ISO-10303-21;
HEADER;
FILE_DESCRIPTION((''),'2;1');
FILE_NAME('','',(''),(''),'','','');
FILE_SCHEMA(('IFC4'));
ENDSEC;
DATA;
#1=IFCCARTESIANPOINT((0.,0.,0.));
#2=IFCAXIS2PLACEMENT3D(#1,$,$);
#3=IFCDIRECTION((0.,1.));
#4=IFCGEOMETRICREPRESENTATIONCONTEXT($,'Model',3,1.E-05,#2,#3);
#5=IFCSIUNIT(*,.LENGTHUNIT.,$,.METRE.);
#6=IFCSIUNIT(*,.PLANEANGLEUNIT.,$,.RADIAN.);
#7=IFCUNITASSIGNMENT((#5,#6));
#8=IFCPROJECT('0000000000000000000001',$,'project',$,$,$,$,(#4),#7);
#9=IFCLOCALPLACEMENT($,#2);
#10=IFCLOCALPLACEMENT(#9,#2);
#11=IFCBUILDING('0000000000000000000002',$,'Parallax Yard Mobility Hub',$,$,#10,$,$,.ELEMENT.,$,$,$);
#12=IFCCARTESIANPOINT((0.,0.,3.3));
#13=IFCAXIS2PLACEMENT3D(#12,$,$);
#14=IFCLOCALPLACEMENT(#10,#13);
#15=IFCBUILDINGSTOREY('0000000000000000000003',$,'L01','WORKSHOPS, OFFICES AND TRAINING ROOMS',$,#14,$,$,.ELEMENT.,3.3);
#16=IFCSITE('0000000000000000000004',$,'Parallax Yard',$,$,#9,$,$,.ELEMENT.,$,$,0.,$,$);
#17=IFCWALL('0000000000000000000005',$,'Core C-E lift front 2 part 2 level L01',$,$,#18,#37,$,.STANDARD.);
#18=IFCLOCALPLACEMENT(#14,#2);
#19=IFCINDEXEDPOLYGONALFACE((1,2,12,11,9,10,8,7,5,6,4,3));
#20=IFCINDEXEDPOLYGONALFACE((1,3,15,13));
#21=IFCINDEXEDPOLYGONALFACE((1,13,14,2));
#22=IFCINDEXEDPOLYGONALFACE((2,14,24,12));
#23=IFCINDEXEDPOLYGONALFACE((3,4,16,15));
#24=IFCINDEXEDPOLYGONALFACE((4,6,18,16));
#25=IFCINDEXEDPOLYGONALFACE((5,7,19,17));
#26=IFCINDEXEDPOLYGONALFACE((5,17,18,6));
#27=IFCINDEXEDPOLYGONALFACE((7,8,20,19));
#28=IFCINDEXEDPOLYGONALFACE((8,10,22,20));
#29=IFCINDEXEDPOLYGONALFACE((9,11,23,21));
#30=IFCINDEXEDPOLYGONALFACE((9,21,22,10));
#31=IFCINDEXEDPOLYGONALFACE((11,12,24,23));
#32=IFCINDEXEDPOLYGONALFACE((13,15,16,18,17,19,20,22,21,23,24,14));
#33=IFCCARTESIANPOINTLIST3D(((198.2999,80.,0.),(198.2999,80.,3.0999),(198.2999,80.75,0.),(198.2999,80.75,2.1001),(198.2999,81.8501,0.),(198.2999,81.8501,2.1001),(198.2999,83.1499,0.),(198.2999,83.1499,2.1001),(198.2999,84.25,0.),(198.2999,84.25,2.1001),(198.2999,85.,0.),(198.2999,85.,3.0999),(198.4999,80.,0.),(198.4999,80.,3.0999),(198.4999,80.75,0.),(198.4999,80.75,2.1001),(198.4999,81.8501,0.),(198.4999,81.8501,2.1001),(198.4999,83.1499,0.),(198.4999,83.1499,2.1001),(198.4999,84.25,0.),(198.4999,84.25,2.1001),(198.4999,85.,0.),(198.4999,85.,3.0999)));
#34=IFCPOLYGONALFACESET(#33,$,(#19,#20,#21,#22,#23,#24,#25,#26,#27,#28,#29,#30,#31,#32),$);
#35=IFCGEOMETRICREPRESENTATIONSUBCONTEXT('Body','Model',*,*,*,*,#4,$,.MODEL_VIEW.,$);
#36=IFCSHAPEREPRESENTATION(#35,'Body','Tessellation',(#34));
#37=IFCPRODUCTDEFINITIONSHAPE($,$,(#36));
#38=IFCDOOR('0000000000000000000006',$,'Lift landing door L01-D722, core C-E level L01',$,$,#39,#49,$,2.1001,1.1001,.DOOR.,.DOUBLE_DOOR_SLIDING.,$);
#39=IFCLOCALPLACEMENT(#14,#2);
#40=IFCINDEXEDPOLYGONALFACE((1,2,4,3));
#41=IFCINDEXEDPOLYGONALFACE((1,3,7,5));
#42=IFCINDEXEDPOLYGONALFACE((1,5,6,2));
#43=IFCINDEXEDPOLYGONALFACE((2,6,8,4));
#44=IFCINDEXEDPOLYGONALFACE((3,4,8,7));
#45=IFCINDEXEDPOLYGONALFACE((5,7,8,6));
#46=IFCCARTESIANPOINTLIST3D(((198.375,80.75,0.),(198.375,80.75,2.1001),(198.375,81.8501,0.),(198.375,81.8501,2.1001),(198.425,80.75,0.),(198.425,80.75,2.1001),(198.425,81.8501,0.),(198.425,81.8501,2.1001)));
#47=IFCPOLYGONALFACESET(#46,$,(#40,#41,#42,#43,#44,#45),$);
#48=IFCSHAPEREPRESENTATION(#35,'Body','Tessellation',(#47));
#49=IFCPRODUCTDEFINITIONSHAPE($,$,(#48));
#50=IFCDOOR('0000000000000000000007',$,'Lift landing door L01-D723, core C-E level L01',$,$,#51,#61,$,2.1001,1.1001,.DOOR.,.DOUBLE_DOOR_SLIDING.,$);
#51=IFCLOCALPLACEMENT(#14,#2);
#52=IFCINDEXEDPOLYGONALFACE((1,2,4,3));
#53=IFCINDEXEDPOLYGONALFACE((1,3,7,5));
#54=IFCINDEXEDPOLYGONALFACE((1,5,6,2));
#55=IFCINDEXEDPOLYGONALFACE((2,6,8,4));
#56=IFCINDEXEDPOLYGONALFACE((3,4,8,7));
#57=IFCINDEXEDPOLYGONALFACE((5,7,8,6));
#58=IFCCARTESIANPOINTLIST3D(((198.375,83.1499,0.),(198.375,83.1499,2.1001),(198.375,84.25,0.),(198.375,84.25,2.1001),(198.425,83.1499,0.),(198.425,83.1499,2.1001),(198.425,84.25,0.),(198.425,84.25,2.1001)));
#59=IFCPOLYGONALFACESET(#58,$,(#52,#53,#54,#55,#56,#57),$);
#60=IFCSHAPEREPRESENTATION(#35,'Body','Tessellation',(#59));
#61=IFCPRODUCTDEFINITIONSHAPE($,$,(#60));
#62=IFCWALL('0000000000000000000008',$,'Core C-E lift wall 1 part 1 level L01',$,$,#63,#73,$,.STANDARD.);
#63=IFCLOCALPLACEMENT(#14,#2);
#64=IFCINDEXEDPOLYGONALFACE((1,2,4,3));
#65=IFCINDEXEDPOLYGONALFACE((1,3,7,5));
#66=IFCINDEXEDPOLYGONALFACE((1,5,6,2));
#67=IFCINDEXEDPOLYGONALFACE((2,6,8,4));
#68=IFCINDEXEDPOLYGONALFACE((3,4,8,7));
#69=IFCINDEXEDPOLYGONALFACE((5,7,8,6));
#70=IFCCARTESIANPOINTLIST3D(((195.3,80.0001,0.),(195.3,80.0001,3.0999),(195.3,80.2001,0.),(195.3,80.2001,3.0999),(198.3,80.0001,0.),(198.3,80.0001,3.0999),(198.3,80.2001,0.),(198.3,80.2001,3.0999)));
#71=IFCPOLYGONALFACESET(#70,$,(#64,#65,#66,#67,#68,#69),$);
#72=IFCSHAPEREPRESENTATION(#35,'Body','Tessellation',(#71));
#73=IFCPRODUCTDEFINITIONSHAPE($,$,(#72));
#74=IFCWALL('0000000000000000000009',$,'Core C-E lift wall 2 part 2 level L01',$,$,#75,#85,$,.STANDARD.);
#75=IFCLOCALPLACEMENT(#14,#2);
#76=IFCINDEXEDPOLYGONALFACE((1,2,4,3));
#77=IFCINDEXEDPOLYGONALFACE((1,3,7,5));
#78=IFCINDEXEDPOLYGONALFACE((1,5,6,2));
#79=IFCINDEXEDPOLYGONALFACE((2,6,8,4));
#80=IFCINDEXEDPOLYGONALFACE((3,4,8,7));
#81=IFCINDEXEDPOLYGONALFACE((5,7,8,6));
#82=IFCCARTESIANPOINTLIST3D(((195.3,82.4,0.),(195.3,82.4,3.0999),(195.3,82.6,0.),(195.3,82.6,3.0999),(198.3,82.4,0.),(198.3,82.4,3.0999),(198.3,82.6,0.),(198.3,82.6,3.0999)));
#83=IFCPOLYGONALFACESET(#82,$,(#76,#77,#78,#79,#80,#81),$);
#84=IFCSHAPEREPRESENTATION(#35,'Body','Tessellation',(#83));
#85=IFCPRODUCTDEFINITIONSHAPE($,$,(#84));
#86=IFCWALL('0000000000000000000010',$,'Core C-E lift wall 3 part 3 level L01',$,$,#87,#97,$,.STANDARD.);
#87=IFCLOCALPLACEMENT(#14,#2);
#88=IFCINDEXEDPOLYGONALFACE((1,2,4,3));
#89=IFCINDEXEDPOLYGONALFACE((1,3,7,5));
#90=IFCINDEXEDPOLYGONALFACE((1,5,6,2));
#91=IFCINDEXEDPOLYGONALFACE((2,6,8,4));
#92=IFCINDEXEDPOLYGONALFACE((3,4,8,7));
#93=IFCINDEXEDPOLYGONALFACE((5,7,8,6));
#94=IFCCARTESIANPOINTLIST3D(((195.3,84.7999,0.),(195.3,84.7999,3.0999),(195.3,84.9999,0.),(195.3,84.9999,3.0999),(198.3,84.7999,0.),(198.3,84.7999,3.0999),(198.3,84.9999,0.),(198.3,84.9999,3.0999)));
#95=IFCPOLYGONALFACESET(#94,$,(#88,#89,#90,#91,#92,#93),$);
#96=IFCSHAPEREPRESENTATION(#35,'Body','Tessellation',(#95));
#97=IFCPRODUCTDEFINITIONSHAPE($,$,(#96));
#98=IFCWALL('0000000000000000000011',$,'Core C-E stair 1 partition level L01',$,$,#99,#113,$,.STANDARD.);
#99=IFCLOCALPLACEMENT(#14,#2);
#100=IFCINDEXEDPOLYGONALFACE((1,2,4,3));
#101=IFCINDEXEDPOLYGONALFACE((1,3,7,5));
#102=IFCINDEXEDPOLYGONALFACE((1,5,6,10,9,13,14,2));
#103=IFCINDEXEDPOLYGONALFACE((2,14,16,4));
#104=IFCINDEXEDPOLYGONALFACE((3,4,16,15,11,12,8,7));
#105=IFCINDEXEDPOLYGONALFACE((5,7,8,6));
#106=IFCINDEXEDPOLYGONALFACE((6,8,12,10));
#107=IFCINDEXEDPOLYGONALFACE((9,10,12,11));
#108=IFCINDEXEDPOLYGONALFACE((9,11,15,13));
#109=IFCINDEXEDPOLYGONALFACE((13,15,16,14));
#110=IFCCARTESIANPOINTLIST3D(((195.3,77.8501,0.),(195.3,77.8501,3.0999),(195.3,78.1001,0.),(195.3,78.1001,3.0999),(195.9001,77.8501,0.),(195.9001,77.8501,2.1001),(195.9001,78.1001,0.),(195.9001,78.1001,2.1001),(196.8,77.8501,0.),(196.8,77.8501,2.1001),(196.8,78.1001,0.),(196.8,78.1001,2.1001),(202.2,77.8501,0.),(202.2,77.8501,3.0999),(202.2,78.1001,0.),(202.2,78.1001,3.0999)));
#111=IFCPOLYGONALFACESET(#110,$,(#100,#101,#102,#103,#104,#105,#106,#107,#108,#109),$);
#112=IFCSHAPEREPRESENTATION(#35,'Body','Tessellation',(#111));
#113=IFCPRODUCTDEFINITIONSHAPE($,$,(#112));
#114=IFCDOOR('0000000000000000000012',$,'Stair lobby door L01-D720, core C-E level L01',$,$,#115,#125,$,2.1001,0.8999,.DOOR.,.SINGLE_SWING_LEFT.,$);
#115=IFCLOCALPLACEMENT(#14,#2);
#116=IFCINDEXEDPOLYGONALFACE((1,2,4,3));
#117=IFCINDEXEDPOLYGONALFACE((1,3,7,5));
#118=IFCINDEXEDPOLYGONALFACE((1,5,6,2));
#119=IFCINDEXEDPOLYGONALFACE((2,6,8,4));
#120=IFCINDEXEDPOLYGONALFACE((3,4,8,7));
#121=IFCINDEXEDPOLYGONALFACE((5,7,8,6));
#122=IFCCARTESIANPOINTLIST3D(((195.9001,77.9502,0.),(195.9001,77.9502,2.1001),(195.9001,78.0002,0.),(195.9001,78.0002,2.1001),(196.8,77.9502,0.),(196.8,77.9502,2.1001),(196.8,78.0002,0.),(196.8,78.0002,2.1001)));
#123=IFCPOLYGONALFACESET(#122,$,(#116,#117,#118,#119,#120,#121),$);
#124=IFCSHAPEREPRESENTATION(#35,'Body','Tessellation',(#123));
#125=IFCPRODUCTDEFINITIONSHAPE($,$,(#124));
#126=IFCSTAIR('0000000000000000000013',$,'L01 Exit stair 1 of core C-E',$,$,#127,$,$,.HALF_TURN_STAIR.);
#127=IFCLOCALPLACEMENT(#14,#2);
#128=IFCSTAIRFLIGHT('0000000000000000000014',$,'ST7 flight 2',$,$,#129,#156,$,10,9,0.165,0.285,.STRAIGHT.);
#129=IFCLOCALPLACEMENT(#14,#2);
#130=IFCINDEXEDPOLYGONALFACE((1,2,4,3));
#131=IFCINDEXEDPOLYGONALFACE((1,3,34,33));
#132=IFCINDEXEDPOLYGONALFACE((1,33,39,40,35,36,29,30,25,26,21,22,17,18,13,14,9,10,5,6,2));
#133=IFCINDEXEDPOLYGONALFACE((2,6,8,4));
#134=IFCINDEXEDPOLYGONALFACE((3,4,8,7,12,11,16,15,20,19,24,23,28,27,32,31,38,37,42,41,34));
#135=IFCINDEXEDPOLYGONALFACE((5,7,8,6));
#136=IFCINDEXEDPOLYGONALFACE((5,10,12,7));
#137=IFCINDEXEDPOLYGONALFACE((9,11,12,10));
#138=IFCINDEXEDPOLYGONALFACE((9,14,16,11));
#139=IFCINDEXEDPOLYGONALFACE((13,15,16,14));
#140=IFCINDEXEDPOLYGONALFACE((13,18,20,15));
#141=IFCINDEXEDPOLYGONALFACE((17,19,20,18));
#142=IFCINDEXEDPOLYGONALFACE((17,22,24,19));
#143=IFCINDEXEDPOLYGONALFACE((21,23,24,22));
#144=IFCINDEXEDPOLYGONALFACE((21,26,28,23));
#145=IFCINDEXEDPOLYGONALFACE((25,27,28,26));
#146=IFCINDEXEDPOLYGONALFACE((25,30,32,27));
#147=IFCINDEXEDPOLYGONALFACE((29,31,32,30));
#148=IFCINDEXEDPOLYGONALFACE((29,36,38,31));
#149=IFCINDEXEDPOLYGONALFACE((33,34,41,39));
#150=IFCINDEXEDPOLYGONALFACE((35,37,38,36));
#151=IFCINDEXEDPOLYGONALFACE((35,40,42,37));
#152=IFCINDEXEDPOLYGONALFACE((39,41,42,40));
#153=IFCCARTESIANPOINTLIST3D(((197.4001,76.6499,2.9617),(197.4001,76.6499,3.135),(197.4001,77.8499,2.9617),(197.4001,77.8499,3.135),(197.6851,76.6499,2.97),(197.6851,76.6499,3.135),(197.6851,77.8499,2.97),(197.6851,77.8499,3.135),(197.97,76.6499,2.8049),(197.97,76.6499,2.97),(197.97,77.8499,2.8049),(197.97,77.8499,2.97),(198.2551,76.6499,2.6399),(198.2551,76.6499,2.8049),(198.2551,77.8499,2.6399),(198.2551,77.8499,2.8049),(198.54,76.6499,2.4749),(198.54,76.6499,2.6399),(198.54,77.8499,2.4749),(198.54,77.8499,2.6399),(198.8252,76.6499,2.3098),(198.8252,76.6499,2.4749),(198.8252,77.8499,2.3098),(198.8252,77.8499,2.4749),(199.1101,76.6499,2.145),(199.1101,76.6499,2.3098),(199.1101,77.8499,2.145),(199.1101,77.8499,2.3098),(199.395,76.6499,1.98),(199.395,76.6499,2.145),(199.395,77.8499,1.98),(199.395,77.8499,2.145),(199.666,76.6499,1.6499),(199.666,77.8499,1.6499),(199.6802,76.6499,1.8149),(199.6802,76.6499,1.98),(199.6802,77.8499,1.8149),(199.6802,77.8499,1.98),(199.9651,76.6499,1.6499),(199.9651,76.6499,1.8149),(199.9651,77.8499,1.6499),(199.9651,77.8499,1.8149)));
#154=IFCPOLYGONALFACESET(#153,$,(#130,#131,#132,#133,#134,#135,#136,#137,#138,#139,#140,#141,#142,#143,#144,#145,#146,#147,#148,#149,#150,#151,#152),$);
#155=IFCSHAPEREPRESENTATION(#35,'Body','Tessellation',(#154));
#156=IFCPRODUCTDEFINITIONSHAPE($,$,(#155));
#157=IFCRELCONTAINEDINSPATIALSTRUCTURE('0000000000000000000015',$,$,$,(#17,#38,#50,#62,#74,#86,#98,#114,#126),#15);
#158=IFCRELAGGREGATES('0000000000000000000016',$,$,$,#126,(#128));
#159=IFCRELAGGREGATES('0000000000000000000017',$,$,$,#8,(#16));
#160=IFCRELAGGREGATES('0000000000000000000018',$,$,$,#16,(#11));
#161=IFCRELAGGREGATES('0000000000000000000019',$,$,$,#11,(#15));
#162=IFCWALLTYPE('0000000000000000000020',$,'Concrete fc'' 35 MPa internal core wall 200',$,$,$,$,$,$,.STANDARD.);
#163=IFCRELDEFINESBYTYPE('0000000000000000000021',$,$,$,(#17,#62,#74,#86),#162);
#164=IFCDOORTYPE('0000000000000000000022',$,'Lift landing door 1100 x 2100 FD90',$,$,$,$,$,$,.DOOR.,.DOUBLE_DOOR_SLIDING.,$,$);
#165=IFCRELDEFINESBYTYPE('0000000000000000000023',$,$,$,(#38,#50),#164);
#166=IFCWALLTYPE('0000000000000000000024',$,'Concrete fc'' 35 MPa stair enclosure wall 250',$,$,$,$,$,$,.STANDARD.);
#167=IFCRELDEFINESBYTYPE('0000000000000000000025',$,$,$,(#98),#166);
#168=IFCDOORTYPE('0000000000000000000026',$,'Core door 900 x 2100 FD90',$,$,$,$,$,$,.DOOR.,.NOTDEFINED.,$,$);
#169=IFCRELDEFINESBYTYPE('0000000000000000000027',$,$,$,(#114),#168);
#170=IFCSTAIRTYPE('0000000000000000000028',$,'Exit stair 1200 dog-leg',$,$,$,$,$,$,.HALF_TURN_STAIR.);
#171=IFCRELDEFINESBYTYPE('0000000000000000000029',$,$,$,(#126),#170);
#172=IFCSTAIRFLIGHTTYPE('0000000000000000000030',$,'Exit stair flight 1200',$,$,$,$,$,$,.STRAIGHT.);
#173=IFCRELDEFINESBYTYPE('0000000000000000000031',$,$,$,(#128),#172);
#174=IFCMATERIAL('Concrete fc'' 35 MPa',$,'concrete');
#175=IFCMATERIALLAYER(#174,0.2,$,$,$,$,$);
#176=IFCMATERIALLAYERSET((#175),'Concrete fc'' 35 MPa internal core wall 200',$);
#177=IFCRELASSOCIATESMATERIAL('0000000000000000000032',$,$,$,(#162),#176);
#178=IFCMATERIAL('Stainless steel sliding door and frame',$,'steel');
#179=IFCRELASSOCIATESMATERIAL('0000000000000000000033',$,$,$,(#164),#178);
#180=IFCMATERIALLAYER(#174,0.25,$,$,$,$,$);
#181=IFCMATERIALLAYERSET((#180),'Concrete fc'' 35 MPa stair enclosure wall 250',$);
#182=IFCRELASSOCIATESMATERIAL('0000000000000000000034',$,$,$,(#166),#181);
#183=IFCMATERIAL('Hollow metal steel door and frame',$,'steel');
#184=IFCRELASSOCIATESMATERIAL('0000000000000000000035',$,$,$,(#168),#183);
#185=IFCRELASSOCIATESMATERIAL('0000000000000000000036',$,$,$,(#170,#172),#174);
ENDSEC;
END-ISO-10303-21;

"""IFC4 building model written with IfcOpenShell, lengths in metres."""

from ifc_helpers import new_model, si_unit, direction, frame, frame_2d, origin, place, context, subcontext, project, spatial, polyline, rectangle, outline, extrude, material, layer, layer_set, type_object, element, fill, aggregate, save


model = new_model("IFC4")

# Units and contexts
model_context = context("Model", 3, precision=1e-05, world=origin(), true_north=direction((0.0, 1.0)))
body_context = subcontext(model_context, "Body", "Model", "MODEL_VIEW")
ifc_project = project(units=[si_unit("LENGTHUNIT", "METRE"), si_unit("PLANEANGLEUNIT", "RADIAN")], contexts=[model_context])

# Site, building, storey
site_placement = place(None, origin())
site = spatial("IfcSite", under=ifc_project, at=site_placement, Name="Parallax Yard", CompositionType="ELEMENT", RefElevation=0.0)
building_placement = place(site_placement, origin())
building = spatial("IfcBuilding", under=site, at=building_placement, Name="Parallax Yard Mobility Hub", CompositionType="ELEMENT")
storey_placement = place(building_placement, frame((0.0, 0.0, 3.3)))
storey = spatial("IfcBuildingStorey", under=building, at=storey_placement, Name="L01", Description="WORKSHOPS, OFFICES AND TRAINING ROOMS", CompositionType="ELEMENT", Elevation=3.3)

# Shared definitions
ifc_material_1 = material(Name="Concrete fc' 35 MPa", Category="concrete")

# Wall, openings, doors
ifc_layer_1 = layer(ifc_material_1, 0.2)
ifc_layer_set_1 = layer_set([ifc_layer_1], Name="Concrete fc' 35 MPa internal core wall 200")
wall_type_1 = type_object("IfcWallType", Name="Concrete fc' 35 MPa internal core wall 200", PredefinedType="STANDARD", material=ifc_layer_set_1)
wall_1_placement = place(storey_placement, frame((198.3999, 80.0, 0.0), z_axis=(0.0, 0.0, 1.0), x_axis=(0.0, 1.0, 0.0)))
wall_1 = element("IfcWall", 1, at=wall_1_placement, inside=storey, type_object=wall_type_1, Name="Core C-E lift front 2 part 2 level L01", PredefinedType="STANDARD", context=body_context, shape_type="SweptSolid", body=[
    extrude(rectangle(XDim=5.0, YDim=0.2, at=frame_2d((2.5, 0.0))), origin(), (0.0, 0.0, 1.0), 3.0999),
])
opening_1_placement = place(wall_1_placement, frame((0.75, 0.0, 0.0)))
opening_1 = element("IfcOpeningElement", 2, at=opening_1_placement, cuts=wall_1, PredefinedType="OPENING", context=body_context, shape_type="SweptSolid", body=[
    extrude(rectangle(XDim=1.1001, YDim=2.1001, at=frame_2d((0.55, 1.05))), frame((0.0, 0.1099, 0.0), z_axis=(0.0, -1.0, 0.0), x_axis=(1.0, 0.0, 0.0)), (0.0, 0.0, 1.0), 0.22),
])
opening_2_placement = place(wall_1_placement, frame((3.1499, 0.0, 0.0)))
opening_2 = element("IfcOpeningElement", 3, at=opening_2_placement, cuts=wall_1, PredefinedType="OPENING", context=body_context, shape_type="SweptSolid", body=[
    extrude(rectangle(XDim=1.1001, YDim=2.1001, at=frame_2d((0.55, 1.05))), frame((0.0, 0.1099, 0.0), z_axis=(0.0, -1.0, 0.0), x_axis=(1.0, 0.0, 0.0)), (0.0, 0.0, 1.0), 0.22),
])
ifc_material_2 = material(Name="Stainless steel sliding door and frame", Category="steel")
door_type_1 = type_object("IfcDoorType", Name="Lift landing door 1100 x 2100 FD90", OperationType="DOUBLE_DOOR_SLIDING", PredefinedType="DOOR", material=ifc_material_2)
door_1_placement = place(opening_1_placement, origin())
door_1 = element("IfcDoor", 4, at=door_1_placement, inside=storey, type_object=door_type_1, Name="Lift landing door L01-D722, core C-E level L01", OperationType="DOUBLE_DOOR_SLIDING", OverallHeight=2.1001, OverallWidth=1.1001, PredefinedType="DOOR", context=body_context, shape_type="SweptSolid", body=[
    extrude(rectangle(XDim=1.1001, YDim=2.1001, at=frame_2d((0.55, 1.05))), frame((0.0, 0.0249, 0.0), z_axis=(0.0, -1.0, 0.0), x_axis=(1.0, 0.0, 0.0)), (0.0, 0.0, 1.0), 0.05),
])
fill(opening_1, door_1)
door_2_placement = place(opening_2_placement, origin())
door_2 = element("IfcDoor", 5, at=door_2_placement, inside=storey, type_object=door_type_1, Name="Lift landing door L01-D723, core C-E level L01", OperationType="DOUBLE_DOOR_SLIDING", OverallHeight=2.1001, OverallWidth=1.1001, PredefinedType="DOOR", context=body_context, shape_type="SweptSolid", body=[
    extrude(rectangle(XDim=1.1001, YDim=2.1001, at=frame_2d((0.55, 1.05))), frame((0.0, 0.0249, 0.0), z_axis=(0.0, -1.0, 0.0), x_axis=(1.0, 0.0, 0.0)), (0.0, 0.0, 1.0), 0.05),
])
fill(opening_2, door_2)

# Walls
for number, where, z_axis, x_axis, name in (
    (6, (198.3, 80.1001, 0.0), (0.0, 0.0, 1.0), (-1.0, 0.0, 0.0), "Core C-E lift wall 1 part 1 level L01"),
    (7, (198.3, 82.5, 0.0), (0.0, 0.0, 1.0), (-1.0, 0.0, 0.0), "Core C-E lift wall 2 part 2 level L01"),
    (8, (198.3, 84.8999, 0.0), (0.0, 0.0, 1.0), (-1.0, 0.0, 0.0), "Core C-E lift wall 3 part 3 level L01"),
):
    element("IfcWall", number, at=place(storey_placement, frame(where, z_axis=z_axis, x_axis=x_axis)), inside=storey, type_object=wall_type_1, Name=name, PredefinedType="STANDARD", context=body_context, shape_type="SweptSolid", body=[
        extrude(rectangle(XDim=3.0, YDim=0.2, at=frame_2d((1.5, 0.0))), origin(), (0.0, 0.0, 1.0), 3.0999),
    ])

# Wall, opening, door
ifc_layer_2 = layer(ifc_material_1, 0.25)
ifc_layer_set_2 = layer_set([ifc_layer_2], Name="Concrete fc' 35 MPa stair enclosure wall 250")
wall_type_2 = type_object("IfcWallType", Name="Concrete fc' 35 MPa stair enclosure wall 250", PredefinedType="STANDARD", material=ifc_layer_set_2)
wall_2_placement = place(storey_placement, frame((202.2, 77.9751, 0.0), z_axis=(0.0, 0.0, 1.0), x_axis=(-1.0, 0.0, 0.0)))
wall_2 = element("IfcWall", 9, at=wall_2_placement, inside=storey, type_object=wall_type_2, Name="Core C-E stair 1 partition level L01", PredefinedType="STANDARD", context=body_context, shape_type="SweptSolid", body=[
    extrude(rectangle(XDim=6.8999, YDim=0.25, at=frame_2d((3.45, 0.0))), origin(), (0.0, 0.0, 1.0), 3.0999),
])
opening_3_placement = place(wall_2_placement, frame((5.3999, 0.0, 0.0)))
opening_3 = element("IfcOpeningElement", 10, at=opening_3_placement, cuts=wall_2, PredefinedType="OPENING", context=body_context, shape_type="SweptSolid", body=[
    extrude(rectangle(XDim=0.8999, YDim=2.1001, at=frame_2d((0.45, 1.05))), frame((0.0, 0.135, 0.0), z_axis=(0.0, -1.0, 0.0), x_axis=(1.0, 0.0, 0.0)), (0.0, 0.0, 1.0), 0.27),
])
ifc_material_3 = material(Name="Hollow metal steel door and frame", Category="steel")
door_type_2 = type_object("IfcDoorType", Name="Core door 900 x 2100 FD90", OperationType="NOTDEFINED", PredefinedType="DOOR", material=ifc_material_3)
door_3_placement = place(opening_3_placement, origin())
door_3 = element("IfcDoor", 11, at=door_3_placement, inside=storey, type_object=door_type_2, Name="Stair lobby door L01-D720, core C-E level L01", OperationType="SINGLE_SWING_LEFT", OverallHeight=2.1001, OverallWidth=0.8999, PredefinedType="DOOR", context=body_context, shape_type="SweptSolid", body=[
    extrude(rectangle(XDim=0.8999, YDim=2.1001, at=frame_2d((0.45, 1.05))), frame((0.0, 0.0249, 0.0), z_axis=(0.0, -1.0, 0.0), x_axis=(1.0, 0.0, 0.0)), (0.0, 0.0, 1.0), 0.05),
])
fill(opening_3, door_3)

# Stair, stair flight
stair_type = type_object("IfcStairType", Name="Exit stair 1200 dog-leg", PredefinedType="HALF_TURN_STAIR", material=ifc_material_1)
stair_placement = place(storey_placement, origin())
stair = element("IfcStair", 12, at=stair_placement, inside=storey, type_object=stair_type, Name="L01 Exit stair 1 of core C-E", PredefinedType="HALF_TURN_STAIR")
stair_flight_type = type_object("IfcStairFlightType", Name="Exit stair flight 1200", PredefinedType="STRAIGHT", material=ifc_material_1)
stair_flight_placement = place(storey_placement, frame((199.9651, 77.25, 1.6499), z_axis=(0.0, 0.0, 1.0), x_axis=(-1.0, 0.0, 0.0)))
stair_flight = element("IfcStairFlight", 13, at=stair_flight_placement, type_object=stair_flight_type, Name="ST7 flight 2", NumberOfRisers=10, NumberOfTreads=9, PredefinedType="STRAIGHT", RiserHeight=0.165, TreadLength=0.285, context=body_context, shape_type="SweptSolid", body=[
    extrude(outline(polyline([(0.0, 0.0), (0.0, 0.165), (0.2849, 0.165), (0.2849, 0.3301), (0.5701, 0.3301), (0.5701, 0.4951), (0.855, 0.4951), (0.855, 0.6599), (1.1399, 0.6599), (1.1399, 0.825), (1.425, 0.825), (1.425, 0.99), (1.71, 0.99), (1.71, 1.155), (1.9951, 1.155), (1.9951, 1.3201), (2.28, 1.3201), (2.28, 1.4851), (2.5649, 1.4851), (2.5649, 1.6499), (2.5649, 1.3118), (0.2991, 0.0), (0.0, 0.0)])), frame((0.0, 0.6001, 0.0), z_axis=(0.0, -1.0, 0.0), x_axis=(1.0, 0.0, 0.0)), (0.0, 0.0, 1.0), 1.2),
])
aggregate(stair, [stair_flight])

save(model, "model.ifc")
